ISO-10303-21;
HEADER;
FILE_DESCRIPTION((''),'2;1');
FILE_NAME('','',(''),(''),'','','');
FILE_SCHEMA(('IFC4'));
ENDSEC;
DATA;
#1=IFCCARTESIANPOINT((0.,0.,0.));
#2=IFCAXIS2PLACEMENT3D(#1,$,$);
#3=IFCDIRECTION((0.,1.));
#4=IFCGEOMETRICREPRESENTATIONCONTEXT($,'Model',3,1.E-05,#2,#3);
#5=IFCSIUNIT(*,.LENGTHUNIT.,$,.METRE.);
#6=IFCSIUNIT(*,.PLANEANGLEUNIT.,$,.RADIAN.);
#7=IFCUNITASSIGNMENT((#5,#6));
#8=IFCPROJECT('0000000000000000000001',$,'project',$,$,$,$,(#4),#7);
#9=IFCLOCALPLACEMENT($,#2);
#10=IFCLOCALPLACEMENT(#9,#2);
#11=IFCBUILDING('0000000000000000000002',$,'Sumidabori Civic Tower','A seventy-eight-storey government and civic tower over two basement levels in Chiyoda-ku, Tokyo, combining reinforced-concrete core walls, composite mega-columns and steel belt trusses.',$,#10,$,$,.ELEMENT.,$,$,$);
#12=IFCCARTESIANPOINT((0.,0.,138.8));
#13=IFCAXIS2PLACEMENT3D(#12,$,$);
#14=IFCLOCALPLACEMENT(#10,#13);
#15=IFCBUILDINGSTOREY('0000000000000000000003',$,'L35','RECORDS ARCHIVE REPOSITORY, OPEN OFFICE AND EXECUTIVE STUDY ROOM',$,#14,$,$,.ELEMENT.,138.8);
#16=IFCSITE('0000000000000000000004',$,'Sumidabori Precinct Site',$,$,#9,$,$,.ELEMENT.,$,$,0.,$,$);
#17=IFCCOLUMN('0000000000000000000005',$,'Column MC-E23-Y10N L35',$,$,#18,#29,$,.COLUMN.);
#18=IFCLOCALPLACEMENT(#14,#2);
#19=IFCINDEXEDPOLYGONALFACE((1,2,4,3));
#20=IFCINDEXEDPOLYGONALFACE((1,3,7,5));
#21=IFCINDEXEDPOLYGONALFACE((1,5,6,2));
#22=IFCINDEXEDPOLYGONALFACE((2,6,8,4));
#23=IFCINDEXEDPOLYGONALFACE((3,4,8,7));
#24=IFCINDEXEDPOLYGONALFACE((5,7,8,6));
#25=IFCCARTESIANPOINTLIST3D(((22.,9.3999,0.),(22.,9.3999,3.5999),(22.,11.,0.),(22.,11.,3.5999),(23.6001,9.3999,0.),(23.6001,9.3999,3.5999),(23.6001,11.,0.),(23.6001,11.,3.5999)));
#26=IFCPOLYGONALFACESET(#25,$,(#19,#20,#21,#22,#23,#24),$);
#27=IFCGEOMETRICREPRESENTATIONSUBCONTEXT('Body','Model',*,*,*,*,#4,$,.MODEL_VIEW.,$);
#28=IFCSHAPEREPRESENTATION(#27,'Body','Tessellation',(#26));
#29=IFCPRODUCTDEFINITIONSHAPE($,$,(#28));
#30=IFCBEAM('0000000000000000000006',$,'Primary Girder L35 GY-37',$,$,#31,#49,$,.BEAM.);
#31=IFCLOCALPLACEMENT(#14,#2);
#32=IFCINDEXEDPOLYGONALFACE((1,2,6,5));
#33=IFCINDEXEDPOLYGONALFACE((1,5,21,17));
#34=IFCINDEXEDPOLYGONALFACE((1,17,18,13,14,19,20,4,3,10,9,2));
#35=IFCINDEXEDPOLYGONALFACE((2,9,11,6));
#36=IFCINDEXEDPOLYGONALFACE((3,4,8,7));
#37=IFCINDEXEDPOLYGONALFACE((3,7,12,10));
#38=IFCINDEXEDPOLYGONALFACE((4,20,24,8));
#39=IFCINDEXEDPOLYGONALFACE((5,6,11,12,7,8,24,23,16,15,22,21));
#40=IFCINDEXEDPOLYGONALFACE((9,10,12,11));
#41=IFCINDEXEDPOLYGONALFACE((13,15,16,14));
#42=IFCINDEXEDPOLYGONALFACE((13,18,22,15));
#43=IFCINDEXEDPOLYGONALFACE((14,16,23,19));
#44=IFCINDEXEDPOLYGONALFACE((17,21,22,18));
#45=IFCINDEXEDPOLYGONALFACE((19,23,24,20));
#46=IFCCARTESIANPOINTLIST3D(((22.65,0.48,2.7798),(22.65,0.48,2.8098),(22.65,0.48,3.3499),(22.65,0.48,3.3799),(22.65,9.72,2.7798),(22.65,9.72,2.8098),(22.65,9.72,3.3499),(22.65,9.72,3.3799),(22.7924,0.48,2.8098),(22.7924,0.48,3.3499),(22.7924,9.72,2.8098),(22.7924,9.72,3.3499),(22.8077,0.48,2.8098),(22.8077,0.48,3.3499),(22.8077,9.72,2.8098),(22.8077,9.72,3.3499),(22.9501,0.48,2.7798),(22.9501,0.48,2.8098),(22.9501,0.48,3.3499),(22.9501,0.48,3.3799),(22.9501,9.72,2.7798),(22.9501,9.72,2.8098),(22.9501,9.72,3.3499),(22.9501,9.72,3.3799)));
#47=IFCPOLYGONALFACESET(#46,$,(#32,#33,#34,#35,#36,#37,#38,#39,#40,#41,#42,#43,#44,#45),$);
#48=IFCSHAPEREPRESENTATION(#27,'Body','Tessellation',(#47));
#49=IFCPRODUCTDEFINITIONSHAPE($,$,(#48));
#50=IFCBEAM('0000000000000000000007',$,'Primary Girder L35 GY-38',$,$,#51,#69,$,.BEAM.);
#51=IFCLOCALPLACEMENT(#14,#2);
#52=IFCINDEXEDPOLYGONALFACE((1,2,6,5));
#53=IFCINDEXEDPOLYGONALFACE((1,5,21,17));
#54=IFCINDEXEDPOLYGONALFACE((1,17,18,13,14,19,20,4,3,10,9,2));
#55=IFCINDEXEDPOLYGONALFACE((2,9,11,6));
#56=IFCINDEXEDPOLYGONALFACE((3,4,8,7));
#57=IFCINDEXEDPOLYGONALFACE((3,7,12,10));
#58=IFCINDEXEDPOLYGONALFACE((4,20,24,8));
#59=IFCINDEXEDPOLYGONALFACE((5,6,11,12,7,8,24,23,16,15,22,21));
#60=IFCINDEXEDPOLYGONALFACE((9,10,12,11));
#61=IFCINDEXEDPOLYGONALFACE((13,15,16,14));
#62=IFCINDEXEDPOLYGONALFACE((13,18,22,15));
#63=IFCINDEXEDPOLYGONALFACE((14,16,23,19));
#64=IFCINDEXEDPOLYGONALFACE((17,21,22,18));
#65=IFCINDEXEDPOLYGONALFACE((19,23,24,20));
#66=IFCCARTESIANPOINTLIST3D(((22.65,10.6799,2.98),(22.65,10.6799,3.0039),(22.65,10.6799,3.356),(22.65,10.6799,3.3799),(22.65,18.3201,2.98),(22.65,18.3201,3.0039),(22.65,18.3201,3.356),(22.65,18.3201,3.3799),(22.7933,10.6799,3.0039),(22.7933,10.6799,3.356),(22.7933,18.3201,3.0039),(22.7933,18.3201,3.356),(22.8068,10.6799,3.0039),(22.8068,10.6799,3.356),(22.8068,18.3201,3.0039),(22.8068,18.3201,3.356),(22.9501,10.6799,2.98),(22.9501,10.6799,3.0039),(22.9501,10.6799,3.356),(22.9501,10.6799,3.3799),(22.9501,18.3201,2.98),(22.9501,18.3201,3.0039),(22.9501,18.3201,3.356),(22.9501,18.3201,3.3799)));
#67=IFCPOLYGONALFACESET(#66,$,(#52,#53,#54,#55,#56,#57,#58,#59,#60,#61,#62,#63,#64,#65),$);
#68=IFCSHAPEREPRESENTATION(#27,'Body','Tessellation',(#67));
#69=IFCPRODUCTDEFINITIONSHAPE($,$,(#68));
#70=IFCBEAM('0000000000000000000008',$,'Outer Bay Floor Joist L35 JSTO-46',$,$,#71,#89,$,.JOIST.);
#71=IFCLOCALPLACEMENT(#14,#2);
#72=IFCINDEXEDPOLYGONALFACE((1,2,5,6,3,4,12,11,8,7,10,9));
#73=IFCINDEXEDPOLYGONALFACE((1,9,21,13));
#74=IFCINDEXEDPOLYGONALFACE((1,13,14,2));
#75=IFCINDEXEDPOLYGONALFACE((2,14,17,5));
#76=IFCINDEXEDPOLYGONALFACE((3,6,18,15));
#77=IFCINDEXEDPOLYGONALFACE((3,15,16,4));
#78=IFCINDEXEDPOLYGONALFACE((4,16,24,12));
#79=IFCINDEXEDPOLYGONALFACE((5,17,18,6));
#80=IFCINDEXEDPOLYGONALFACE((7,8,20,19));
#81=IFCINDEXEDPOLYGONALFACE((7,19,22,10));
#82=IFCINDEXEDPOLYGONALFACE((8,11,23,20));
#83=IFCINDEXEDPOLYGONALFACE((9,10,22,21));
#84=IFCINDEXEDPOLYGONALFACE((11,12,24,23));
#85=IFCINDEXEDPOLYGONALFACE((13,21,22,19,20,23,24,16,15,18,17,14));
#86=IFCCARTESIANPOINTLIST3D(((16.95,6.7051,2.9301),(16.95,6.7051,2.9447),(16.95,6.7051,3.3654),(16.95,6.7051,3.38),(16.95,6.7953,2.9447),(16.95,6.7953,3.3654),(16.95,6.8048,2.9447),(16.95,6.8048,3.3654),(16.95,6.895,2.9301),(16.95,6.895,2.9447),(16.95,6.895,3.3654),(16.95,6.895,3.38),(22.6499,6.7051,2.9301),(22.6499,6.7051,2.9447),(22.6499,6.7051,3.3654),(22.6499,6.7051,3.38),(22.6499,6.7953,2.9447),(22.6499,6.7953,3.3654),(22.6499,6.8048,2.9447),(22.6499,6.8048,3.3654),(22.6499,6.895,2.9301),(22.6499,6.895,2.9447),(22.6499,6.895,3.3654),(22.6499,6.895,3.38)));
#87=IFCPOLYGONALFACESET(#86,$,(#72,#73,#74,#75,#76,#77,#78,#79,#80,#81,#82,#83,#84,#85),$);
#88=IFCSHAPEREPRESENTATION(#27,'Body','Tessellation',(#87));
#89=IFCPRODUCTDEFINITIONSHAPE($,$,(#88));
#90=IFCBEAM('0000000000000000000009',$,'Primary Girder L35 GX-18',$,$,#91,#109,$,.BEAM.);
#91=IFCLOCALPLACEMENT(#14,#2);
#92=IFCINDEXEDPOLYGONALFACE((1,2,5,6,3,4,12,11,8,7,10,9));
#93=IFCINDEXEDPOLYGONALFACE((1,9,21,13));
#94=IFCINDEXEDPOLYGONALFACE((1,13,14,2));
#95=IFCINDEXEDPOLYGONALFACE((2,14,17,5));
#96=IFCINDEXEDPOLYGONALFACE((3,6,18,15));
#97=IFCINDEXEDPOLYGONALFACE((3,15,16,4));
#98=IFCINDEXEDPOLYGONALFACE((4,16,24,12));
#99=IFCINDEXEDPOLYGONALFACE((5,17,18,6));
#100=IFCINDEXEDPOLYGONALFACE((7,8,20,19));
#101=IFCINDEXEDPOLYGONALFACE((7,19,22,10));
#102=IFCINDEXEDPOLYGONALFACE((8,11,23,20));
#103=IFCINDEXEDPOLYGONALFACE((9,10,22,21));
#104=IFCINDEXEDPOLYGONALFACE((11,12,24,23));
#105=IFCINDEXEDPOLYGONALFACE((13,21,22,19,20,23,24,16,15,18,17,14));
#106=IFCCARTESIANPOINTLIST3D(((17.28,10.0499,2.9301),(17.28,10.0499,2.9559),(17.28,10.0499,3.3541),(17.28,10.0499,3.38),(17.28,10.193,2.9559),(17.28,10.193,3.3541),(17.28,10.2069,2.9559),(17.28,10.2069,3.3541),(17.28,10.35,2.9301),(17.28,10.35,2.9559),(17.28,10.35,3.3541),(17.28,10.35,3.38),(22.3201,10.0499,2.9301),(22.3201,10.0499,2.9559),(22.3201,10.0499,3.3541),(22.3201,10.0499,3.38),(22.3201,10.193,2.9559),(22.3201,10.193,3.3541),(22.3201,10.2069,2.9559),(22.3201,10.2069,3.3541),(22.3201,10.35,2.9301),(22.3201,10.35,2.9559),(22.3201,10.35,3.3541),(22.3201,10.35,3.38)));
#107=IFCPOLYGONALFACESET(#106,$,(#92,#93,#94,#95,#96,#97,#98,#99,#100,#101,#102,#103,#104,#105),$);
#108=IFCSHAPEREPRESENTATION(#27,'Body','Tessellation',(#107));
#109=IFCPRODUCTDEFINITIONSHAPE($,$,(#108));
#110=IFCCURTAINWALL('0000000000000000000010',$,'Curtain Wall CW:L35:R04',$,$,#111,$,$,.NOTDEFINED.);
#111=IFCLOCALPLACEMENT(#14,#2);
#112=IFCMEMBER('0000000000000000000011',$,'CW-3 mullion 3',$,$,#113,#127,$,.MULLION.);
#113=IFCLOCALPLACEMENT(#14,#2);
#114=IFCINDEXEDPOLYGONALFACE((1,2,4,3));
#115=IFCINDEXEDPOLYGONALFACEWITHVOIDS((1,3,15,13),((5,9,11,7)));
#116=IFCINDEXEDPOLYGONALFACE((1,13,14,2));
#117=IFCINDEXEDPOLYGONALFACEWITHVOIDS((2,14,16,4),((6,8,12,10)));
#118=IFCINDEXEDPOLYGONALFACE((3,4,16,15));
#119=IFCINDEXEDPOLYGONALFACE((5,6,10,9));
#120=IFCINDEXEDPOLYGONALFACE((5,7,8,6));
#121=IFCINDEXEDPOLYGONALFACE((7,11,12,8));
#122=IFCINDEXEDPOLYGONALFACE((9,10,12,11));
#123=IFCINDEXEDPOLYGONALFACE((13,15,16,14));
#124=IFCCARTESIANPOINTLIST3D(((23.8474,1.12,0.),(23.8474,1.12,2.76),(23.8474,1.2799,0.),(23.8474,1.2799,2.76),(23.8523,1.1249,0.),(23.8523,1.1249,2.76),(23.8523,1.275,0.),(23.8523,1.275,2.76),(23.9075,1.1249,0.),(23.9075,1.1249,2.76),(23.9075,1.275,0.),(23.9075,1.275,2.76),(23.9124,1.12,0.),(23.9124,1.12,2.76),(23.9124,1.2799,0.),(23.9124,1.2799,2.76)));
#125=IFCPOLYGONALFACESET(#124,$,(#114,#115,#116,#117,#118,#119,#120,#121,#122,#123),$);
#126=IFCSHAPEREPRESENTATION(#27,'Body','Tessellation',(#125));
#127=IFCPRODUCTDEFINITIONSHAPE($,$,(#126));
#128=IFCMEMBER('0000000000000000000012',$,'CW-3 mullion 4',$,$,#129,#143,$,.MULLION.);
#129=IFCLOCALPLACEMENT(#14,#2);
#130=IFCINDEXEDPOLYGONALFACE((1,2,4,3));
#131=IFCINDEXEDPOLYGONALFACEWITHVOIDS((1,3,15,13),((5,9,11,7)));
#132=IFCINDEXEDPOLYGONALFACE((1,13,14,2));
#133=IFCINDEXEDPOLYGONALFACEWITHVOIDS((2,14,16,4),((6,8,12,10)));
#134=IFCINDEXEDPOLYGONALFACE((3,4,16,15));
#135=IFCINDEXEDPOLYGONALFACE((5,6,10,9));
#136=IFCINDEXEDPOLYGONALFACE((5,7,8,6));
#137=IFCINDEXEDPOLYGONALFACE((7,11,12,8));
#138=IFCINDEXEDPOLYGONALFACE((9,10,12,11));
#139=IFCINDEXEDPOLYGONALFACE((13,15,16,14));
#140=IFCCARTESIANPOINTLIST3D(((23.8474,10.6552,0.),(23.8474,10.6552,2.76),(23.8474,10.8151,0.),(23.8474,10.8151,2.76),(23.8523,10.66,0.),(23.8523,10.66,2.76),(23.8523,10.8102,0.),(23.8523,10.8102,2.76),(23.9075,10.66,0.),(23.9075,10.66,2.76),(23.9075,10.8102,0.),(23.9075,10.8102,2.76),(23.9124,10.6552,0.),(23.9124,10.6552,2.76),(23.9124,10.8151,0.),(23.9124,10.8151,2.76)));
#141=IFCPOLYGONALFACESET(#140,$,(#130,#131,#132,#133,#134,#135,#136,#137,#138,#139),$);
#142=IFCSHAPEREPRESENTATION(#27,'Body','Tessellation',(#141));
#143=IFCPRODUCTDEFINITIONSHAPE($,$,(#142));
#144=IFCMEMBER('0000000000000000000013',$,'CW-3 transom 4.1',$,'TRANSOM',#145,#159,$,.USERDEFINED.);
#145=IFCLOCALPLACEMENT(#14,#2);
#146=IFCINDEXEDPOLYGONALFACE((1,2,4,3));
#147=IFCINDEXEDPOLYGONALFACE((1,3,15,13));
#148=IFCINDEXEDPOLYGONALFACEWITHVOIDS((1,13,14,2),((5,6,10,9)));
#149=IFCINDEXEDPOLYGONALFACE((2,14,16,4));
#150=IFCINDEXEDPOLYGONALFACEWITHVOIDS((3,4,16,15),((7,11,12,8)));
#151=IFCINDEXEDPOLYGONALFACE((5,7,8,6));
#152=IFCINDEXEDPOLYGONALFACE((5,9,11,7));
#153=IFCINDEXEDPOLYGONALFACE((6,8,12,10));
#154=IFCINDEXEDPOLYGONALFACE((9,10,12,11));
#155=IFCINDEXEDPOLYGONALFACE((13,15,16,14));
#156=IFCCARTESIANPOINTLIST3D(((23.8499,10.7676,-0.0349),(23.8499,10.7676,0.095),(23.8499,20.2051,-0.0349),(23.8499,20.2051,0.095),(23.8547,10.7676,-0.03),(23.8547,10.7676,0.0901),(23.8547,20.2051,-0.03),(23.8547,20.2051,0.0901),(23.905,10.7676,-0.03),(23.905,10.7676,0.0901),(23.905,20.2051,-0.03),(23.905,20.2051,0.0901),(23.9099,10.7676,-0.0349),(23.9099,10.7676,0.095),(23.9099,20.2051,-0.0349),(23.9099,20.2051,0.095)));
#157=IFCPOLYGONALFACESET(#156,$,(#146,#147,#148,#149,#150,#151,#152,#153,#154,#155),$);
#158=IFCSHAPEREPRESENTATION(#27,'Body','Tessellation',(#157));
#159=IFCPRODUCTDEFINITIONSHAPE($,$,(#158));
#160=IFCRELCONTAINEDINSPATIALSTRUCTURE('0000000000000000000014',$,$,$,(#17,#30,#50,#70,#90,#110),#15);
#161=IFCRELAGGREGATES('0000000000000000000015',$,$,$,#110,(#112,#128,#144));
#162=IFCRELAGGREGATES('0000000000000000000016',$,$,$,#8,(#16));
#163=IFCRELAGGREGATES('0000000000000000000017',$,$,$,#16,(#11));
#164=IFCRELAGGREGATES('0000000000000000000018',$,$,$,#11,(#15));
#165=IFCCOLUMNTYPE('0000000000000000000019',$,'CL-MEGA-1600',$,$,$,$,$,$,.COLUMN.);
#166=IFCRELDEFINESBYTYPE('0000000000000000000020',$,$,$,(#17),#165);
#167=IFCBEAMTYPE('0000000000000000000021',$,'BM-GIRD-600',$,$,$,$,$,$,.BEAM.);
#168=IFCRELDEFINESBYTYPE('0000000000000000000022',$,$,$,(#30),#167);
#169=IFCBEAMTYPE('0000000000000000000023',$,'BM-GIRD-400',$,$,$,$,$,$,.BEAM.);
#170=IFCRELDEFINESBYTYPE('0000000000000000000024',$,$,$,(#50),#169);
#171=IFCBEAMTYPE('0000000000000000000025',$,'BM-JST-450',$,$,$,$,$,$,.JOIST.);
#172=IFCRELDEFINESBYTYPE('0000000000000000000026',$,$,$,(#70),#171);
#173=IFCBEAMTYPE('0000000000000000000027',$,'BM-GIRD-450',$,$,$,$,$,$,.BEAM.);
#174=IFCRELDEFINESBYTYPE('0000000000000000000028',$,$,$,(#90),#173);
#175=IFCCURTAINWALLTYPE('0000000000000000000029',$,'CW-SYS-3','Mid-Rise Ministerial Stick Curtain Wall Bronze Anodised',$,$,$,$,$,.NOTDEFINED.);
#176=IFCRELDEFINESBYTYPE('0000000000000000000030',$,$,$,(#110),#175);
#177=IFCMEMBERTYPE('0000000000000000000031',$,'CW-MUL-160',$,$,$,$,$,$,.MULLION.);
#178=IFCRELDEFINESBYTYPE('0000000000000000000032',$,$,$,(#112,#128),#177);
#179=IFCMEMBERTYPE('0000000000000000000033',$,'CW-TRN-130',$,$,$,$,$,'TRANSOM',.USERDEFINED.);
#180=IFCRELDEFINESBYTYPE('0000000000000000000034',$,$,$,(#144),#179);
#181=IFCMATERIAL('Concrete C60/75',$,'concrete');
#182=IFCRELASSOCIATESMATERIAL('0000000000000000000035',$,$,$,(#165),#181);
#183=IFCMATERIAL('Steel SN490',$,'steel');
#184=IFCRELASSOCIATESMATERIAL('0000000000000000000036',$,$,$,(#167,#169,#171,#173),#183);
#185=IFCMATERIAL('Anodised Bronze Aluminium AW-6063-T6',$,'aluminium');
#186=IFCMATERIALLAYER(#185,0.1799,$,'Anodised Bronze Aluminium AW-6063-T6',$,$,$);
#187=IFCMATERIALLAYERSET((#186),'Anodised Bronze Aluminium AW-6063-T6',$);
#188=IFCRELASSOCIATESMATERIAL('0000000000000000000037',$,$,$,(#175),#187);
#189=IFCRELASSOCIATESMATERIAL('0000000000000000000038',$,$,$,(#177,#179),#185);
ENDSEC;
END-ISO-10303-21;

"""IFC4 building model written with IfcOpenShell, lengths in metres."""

from ifc_helpers import new_model, si_unit, direction, frame, origin, origin_2d, place, context, subcontext, project, spatial, rectangle, hollow_rectangle, i_section, extrude, source, transform, mapped, material, layer, layer_set, material_profile, profile_set, type_object, element, aggregate, save


model = new_model("IFC4")

# Units and contexts
model_context = context("Model", 3, precision=1e-05, world=origin(), true_north=direction((0.0, 1.0)))
body_context = subcontext(model_context, "Body", "Model", "MODEL_VIEW")
ifc_project = project(units=[si_unit("LENGTHUNIT", "METRE"), si_unit("PLANEANGLEUNIT", "RADIAN")], contexts=[model_context])

# Site, building, storey
site_placement = place(None, origin())
site = spatial("IfcSite", under=ifc_project, at=site_placement, Name="Sumidabori Precinct Site", CompositionType="ELEMENT", RefElevation=0.0)
building_placement = place(site_placement, origin())
building = spatial("IfcBuilding", under=site, at=building_placement, Name="Sumidabori Civic Tower", Description="A seventy-eight-storey government and civic tower over two basement levels in Chiyoda-ku, Tokyo, combining reinforced-concrete core walls, composite mega-columns and steel belt trusses.", CompositionType="ELEMENT")
storey_placement = place(building_placement, frame((0.0, 0.0, 138.8)))
storey = spatial("IfcBuildingStorey", under=building, at=storey_placement, Name="L35", Description="RECORDS ARCHIVE REPOSITORY, OPEN OFFICE AND EXECUTIVE STUDY ROOM", CompositionType="ELEMENT", Elevation=138.8)

# Column
ifc_material_1 = material(Name="Concrete C60/75", Category="concrete")
ifc_material_profile_1 = material_profile(ifc_material_1, rectangle(XDim=1.6001, YDim=1.6001, at=origin_2d()), Name="RC 1600x1600")
ifc_profile_set_1 = profile_set([ifc_material_profile_1], Name="Concrete C60/75")
column_type = type_object("IfcColumnType", Name="CL-MEGA-1600", PredefinedType="COLUMN", material=ifc_profile_set_1)
shared_shape_1 = source(origin(), body_context, "Body", "SweptSolid", [
    extrude(rectangle(XDim=1.6001, YDim=1.6001, at=origin_2d()), origin(), (0.0, 0.0, 1.0), 3.5999),
])
column_placement = place(storey_placement, frame((22.8, 10.2, 0.0), z_axis=(0.0, 0.0, 1.0), x_axis=(1.0, 0.0, 0.0)))
element("IfcColumn", 1, at=column_placement, inside=storey, type_object=column_type, Name="Column MC-E23-Y10N L35", PredefinedType="COLUMN", context=body_context, shape_type="MappedRepresentation", body=[
    mapped(shared_shape_1, transform((0.0, 0.0, 0.0), x_axis=(1.0, 0.0, 0.0), y_axis=(0.0, 1.0, 0.0), z_axis=(0.0, 0.0, 1.0), scale=1.0)),
])

# Beams
ifc_material_2 = material(Name="Steel SN490", Category="steel")
ifc_material_profile_2 = material_profile(ifc_material_2, i_section(OverallWidth=0.3, OverallDepth=0.6001, WebThickness=0.0154, FlangeThickness=0.03, at=origin_2d()), Name="HE 600 B")
ifc_profile_set_2 = profile_set([ifc_material_profile_2], Name="Steel SN490")
beam_type_1 = type_object("IfcBeamType", Name="BM-GIRD-600", PredefinedType="BEAM", material=ifc_profile_set_2)
shared_shape_2 = source(origin(), body_context, "Body", "SweptSolid", [
    extrude(i_section(OverallWidth=0.3, OverallDepth=0.6001, WebThickness=0.0154, FlangeThickness=0.03, at=origin_2d()), origin(), (0.0, 0.0, 1.0), 9.24),
])
beam_1_placement = place(storey_placement, frame((22.8, 0.48, 3.0798), z_axis=(0.0, 1.0, 0.0), x_axis=(-1.0, 0.0, 0.0)))
element("IfcBeam", 2, at=beam_1_placement, inside=storey, type_object=beam_type_1, Name="Primary Girder L35 GY-37", PredefinedType="BEAM", context=body_context, shape_type="MappedRepresentation", body=[
    mapped(shared_shape_2, transform((0.0, 0.0, 0.0), x_axis=(1.0, 0.0, 0.0), y_axis=(0.0, 1.0, 0.0), z_axis=(0.0, 0.0, 1.0), scale=1.0)),
])
ifc_material_profile_3 = material_profile(ifc_material_2, i_section(OverallWidth=0.3, OverallDepth=0.3999, WebThickness=0.0134, FlangeThickness=0.0239, at=origin_2d()), Name="HE 400 B")
ifc_profile_set_3 = profile_set([ifc_material_profile_3], Name="Steel SN490")
beam_type_2 = type_object("IfcBeamType", Name="BM-GIRD-400", PredefinedType="BEAM", material=ifc_profile_set_3)
shared_shape_3 = source(origin(), body_context, "Body", "SweptSolid", [
    extrude(i_section(OverallWidth=0.3, OverallDepth=0.3999, WebThickness=0.0134, FlangeThickness=0.0239, at=origin_2d()), origin(), (0.0, 0.0, 1.0), 7.6401),
])
beam_2_placement = place(storey_placement, frame((22.8, 10.6799, 3.1799), z_axis=(0.0, 1.0, 0.0), x_axis=(-1.0, 0.0, 0.0)))
element("IfcBeam", 3, at=beam_2_placement, inside=storey, type_object=beam_type_2, Name="Primary Girder L35 GY-38", PredefinedType="BEAM", context=body_context, shape_type="MappedRepresentation", body=[
    mapped(shared_shape_3, transform((0.0, 0.0, 0.0), x_axis=(1.0, 0.0, 0.0), y_axis=(0.0, 1.0, 0.0), z_axis=(0.0, 0.0, 1.0), scale=1.0)),
])
ifc_material_profile_4 = material_profile(ifc_material_2, i_section(OverallWidth=0.1899, OverallDepth=0.45, WebThickness=0.0095, FlangeThickness=0.0146, at=origin_2d()), Name="IPE 450")
ifc_profile_set_4 = profile_set([ifc_material_profile_4], Name="Steel SN490")
beam_type_3 = type_object("IfcBeamType", Name="BM-JST-450", PredefinedType="JOIST", material=ifc_profile_set_4)
shared_shape_4 = source(origin(), body_context, "Body", "SweptSolid", [
    extrude(i_section(OverallWidth=0.1899, OverallDepth=0.45, WebThickness=0.0095, FlangeThickness=0.0146, at=origin_2d()), origin(), (0.0, 0.0, 1.0), 5.7),
])
beam_3_placement = place(storey_placement, frame((16.95, 6.8, 3.155), z_axis=(1.0, 0.0, 0.0), x_axis=(0.0, 1.0, 0.0)))
element("IfcBeam", 4, at=beam_3_placement, inside=storey, type_object=beam_type_3, Name="Outer Bay Floor Joist L35 JSTO-46", PredefinedType="JOIST", context=body_context, shape_type="MappedRepresentation", body=[
    mapped(shared_shape_4, transform((0.0, 0.0, 0.0), x_axis=(1.0, 0.0, 0.0), y_axis=(0.0, 1.0, 0.0), z_axis=(0.0, 0.0, 1.0), scale=1.0)),
])
ifc_material_profile_5 = material_profile(ifc_material_2, i_section(OverallWidth=0.3, OverallDepth=0.45, WebThickness=0.0139, FlangeThickness=0.0259, at=origin_2d()), Name="HE 450 B")
ifc_profile_set_5 = profile_set([ifc_material_profile_5], Name="Steel SN490")
beam_type_4 = type_object("IfcBeamType", Name="BM-GIRD-450", PredefinedType="BEAM", material=ifc_profile_set_5)
shared_shape_5 = source(origin(), body_context, "Body", "SweptSolid", [
    extrude(i_section(OverallWidth=0.3, OverallDepth=0.45, WebThickness=0.0139, FlangeThickness=0.0259, at=origin_2d()), origin(), (0.0, 0.0, 1.0), 5.04),
])
beam_4_placement = place(storey_placement, frame((17.28, 10.2, 3.155), z_axis=(1.0, 0.0, 0.0), x_axis=(0.0, 1.0, 0.0)))
element("IfcBeam", 5, at=beam_4_placement, inside=storey, type_object=beam_type_4, Name="Primary Girder L35 GX-18", PredefinedType="BEAM", context=body_context, shape_type="MappedRepresentation", body=[
    mapped(shared_shape_5, transform((0.0, 0.0, 0.0), x_axis=(1.0, 0.0, 0.0), y_axis=(0.0, 1.0, 0.0), z_axis=(0.0, 0.0, 1.0), scale=1.0)),
])

# Curtain wall, members
ifc_material_3 = material(Name="Anodised Bronze Aluminium AW-6063-T6", Category="aluminium")
ifc_layer_1 = layer(ifc_material_3, 0.1799, Name="Anodised Bronze Aluminium AW-6063-T6")
ifc_layer_set_1 = layer_set([ifc_layer_1], Name="Anodised Bronze Aluminium AW-6063-T6")
curtain_wall_type = type_object("IfcCurtainWallType", Name="CW-SYS-3", Description="Mid-Rise Ministerial Stick Curtain Wall Bronze Anodised", PredefinedType="NOTDEFINED", material=ifc_layer_set_1)
curtain_wall_placement = place(storey_placement, origin())
curtain_wall = element("IfcCurtainWall", 6, at=curtain_wall_placement, inside=storey, type_object=curtain_wall_type, Name="Curtain Wall CW:L35:R04", PredefinedType="NOTDEFINED")
ifc_material_profile_6 = material_profile(ifc_material_3, hollow_rectangle(XDim=0.0649, YDim=0.1599, WallThickness=0.0049, at=origin_2d()), Name="ALU MULLION 160x65")
ifc_profile_set_6 = profile_set([ifc_material_profile_6], Name="Anodised Bronze Aluminium AW-6063-T6")
member_type_1 = type_object("IfcMemberType", Name="CW-MUL-160", PredefinedType="MULLION", material=ifc_profile_set_6)
shared_shape_6 = source(origin(), body_context, "Body", "SweptSolid", [
    extrude(hollow_rectangle(XDim=0.0649, YDim=0.1599, WallThickness=0.0049, at=origin_2d()), origin(), (0.0, 0.0, 1.0), 2.76),
])
member_1_placement = place(storey_placement, frame((23.8799, 1.2, 0.0), z_axis=(0.0, 0.0, 1.0), x_axis=(-1.0, 0.0, 0.0)))
member_1 = element("IfcMember", 7, at=member_1_placement, type_object=member_type_1, Name="CW-3 mullion 3", PredefinedType="MULLION", context=body_context, shape_type="MappedRepresentation", body=[
    mapped(shared_shape_6, transform((0.0, 0.0, 0.0), x_axis=(1.0, 0.0, 0.0), y_axis=(0.0, 1.0, 0.0), z_axis=(0.0, 0.0, 1.0), scale=1.0)),
])
member_2_placement = place(storey_placement, frame((23.8799, 10.7351, 0.0), z_axis=(0.0, 0.0, 1.0), x_axis=(-1.0, 0.0, 0.0)))
member_2 = element("IfcMember", 8, at=member_2_placement, type_object=member_type_1, Name="CW-3 mullion 4", PredefinedType="MULLION", context=body_context, shape_type="MappedRepresentation", body=[
    mapped(shared_shape_6, transform((0.0, 0.0, 0.0), x_axis=(1.0, 0.0, 0.0), y_axis=(0.0, 1.0, 0.0), z_axis=(0.0, 0.0, 1.0), scale=1.0)),
])
ifc_material_profile_7 = material_profile(ifc_material_3, hollow_rectangle(XDim=0.0601, YDim=0.1299, WallThickness=0.0049, at=origin_2d()), Name="ALU TRANSOM 130x60")
ifc_profile_set_7 = profile_set([ifc_material_profile_7], Name="Anodised Bronze Aluminium AW-6063-T6")
member_type_2 = type_object("IfcMemberType", Name="CW-TRN-130", ElementType="TRANSOM", PredefinedType="USERDEFINED", material=ifc_profile_set_7)
shared_shape_7 = source(origin(), body_context, "Body", "SweptSolid", [
    extrude(hollow_rectangle(XDim=0.0601, YDim=0.1299, WallThickness=0.0049, at=origin_2d()), origin(), (0.0, 0.0, 1.0), 9.4375),
])
member_3_placement = place(storey_placement, frame((23.8799, 10.7676, 0.03), z_axis=(0.0, 1.0, 0.0), x_axis=(-1.0, 0.0, 0.0)))
member_3 = element("IfcMember", 9, at=member_3_placement, type_object=member_type_2, Name="CW-3 transom 4.1", ObjectType="TRANSOM", PredefinedType="USERDEFINED", context=body_context, shape_type="MappedRepresentation", body=[
    mapped(shared_shape_7, transform((0.0, 0.0, 0.0), x_axis=(1.0, 0.0, 0.0), y_axis=(0.0, 1.0, 0.0), z_axis=(0.0, 0.0, 1.0), scale=1.0)),
])
aggregate(curtain_wall, [member_1, member_2, member_3])

save(model, "model.ifc")
